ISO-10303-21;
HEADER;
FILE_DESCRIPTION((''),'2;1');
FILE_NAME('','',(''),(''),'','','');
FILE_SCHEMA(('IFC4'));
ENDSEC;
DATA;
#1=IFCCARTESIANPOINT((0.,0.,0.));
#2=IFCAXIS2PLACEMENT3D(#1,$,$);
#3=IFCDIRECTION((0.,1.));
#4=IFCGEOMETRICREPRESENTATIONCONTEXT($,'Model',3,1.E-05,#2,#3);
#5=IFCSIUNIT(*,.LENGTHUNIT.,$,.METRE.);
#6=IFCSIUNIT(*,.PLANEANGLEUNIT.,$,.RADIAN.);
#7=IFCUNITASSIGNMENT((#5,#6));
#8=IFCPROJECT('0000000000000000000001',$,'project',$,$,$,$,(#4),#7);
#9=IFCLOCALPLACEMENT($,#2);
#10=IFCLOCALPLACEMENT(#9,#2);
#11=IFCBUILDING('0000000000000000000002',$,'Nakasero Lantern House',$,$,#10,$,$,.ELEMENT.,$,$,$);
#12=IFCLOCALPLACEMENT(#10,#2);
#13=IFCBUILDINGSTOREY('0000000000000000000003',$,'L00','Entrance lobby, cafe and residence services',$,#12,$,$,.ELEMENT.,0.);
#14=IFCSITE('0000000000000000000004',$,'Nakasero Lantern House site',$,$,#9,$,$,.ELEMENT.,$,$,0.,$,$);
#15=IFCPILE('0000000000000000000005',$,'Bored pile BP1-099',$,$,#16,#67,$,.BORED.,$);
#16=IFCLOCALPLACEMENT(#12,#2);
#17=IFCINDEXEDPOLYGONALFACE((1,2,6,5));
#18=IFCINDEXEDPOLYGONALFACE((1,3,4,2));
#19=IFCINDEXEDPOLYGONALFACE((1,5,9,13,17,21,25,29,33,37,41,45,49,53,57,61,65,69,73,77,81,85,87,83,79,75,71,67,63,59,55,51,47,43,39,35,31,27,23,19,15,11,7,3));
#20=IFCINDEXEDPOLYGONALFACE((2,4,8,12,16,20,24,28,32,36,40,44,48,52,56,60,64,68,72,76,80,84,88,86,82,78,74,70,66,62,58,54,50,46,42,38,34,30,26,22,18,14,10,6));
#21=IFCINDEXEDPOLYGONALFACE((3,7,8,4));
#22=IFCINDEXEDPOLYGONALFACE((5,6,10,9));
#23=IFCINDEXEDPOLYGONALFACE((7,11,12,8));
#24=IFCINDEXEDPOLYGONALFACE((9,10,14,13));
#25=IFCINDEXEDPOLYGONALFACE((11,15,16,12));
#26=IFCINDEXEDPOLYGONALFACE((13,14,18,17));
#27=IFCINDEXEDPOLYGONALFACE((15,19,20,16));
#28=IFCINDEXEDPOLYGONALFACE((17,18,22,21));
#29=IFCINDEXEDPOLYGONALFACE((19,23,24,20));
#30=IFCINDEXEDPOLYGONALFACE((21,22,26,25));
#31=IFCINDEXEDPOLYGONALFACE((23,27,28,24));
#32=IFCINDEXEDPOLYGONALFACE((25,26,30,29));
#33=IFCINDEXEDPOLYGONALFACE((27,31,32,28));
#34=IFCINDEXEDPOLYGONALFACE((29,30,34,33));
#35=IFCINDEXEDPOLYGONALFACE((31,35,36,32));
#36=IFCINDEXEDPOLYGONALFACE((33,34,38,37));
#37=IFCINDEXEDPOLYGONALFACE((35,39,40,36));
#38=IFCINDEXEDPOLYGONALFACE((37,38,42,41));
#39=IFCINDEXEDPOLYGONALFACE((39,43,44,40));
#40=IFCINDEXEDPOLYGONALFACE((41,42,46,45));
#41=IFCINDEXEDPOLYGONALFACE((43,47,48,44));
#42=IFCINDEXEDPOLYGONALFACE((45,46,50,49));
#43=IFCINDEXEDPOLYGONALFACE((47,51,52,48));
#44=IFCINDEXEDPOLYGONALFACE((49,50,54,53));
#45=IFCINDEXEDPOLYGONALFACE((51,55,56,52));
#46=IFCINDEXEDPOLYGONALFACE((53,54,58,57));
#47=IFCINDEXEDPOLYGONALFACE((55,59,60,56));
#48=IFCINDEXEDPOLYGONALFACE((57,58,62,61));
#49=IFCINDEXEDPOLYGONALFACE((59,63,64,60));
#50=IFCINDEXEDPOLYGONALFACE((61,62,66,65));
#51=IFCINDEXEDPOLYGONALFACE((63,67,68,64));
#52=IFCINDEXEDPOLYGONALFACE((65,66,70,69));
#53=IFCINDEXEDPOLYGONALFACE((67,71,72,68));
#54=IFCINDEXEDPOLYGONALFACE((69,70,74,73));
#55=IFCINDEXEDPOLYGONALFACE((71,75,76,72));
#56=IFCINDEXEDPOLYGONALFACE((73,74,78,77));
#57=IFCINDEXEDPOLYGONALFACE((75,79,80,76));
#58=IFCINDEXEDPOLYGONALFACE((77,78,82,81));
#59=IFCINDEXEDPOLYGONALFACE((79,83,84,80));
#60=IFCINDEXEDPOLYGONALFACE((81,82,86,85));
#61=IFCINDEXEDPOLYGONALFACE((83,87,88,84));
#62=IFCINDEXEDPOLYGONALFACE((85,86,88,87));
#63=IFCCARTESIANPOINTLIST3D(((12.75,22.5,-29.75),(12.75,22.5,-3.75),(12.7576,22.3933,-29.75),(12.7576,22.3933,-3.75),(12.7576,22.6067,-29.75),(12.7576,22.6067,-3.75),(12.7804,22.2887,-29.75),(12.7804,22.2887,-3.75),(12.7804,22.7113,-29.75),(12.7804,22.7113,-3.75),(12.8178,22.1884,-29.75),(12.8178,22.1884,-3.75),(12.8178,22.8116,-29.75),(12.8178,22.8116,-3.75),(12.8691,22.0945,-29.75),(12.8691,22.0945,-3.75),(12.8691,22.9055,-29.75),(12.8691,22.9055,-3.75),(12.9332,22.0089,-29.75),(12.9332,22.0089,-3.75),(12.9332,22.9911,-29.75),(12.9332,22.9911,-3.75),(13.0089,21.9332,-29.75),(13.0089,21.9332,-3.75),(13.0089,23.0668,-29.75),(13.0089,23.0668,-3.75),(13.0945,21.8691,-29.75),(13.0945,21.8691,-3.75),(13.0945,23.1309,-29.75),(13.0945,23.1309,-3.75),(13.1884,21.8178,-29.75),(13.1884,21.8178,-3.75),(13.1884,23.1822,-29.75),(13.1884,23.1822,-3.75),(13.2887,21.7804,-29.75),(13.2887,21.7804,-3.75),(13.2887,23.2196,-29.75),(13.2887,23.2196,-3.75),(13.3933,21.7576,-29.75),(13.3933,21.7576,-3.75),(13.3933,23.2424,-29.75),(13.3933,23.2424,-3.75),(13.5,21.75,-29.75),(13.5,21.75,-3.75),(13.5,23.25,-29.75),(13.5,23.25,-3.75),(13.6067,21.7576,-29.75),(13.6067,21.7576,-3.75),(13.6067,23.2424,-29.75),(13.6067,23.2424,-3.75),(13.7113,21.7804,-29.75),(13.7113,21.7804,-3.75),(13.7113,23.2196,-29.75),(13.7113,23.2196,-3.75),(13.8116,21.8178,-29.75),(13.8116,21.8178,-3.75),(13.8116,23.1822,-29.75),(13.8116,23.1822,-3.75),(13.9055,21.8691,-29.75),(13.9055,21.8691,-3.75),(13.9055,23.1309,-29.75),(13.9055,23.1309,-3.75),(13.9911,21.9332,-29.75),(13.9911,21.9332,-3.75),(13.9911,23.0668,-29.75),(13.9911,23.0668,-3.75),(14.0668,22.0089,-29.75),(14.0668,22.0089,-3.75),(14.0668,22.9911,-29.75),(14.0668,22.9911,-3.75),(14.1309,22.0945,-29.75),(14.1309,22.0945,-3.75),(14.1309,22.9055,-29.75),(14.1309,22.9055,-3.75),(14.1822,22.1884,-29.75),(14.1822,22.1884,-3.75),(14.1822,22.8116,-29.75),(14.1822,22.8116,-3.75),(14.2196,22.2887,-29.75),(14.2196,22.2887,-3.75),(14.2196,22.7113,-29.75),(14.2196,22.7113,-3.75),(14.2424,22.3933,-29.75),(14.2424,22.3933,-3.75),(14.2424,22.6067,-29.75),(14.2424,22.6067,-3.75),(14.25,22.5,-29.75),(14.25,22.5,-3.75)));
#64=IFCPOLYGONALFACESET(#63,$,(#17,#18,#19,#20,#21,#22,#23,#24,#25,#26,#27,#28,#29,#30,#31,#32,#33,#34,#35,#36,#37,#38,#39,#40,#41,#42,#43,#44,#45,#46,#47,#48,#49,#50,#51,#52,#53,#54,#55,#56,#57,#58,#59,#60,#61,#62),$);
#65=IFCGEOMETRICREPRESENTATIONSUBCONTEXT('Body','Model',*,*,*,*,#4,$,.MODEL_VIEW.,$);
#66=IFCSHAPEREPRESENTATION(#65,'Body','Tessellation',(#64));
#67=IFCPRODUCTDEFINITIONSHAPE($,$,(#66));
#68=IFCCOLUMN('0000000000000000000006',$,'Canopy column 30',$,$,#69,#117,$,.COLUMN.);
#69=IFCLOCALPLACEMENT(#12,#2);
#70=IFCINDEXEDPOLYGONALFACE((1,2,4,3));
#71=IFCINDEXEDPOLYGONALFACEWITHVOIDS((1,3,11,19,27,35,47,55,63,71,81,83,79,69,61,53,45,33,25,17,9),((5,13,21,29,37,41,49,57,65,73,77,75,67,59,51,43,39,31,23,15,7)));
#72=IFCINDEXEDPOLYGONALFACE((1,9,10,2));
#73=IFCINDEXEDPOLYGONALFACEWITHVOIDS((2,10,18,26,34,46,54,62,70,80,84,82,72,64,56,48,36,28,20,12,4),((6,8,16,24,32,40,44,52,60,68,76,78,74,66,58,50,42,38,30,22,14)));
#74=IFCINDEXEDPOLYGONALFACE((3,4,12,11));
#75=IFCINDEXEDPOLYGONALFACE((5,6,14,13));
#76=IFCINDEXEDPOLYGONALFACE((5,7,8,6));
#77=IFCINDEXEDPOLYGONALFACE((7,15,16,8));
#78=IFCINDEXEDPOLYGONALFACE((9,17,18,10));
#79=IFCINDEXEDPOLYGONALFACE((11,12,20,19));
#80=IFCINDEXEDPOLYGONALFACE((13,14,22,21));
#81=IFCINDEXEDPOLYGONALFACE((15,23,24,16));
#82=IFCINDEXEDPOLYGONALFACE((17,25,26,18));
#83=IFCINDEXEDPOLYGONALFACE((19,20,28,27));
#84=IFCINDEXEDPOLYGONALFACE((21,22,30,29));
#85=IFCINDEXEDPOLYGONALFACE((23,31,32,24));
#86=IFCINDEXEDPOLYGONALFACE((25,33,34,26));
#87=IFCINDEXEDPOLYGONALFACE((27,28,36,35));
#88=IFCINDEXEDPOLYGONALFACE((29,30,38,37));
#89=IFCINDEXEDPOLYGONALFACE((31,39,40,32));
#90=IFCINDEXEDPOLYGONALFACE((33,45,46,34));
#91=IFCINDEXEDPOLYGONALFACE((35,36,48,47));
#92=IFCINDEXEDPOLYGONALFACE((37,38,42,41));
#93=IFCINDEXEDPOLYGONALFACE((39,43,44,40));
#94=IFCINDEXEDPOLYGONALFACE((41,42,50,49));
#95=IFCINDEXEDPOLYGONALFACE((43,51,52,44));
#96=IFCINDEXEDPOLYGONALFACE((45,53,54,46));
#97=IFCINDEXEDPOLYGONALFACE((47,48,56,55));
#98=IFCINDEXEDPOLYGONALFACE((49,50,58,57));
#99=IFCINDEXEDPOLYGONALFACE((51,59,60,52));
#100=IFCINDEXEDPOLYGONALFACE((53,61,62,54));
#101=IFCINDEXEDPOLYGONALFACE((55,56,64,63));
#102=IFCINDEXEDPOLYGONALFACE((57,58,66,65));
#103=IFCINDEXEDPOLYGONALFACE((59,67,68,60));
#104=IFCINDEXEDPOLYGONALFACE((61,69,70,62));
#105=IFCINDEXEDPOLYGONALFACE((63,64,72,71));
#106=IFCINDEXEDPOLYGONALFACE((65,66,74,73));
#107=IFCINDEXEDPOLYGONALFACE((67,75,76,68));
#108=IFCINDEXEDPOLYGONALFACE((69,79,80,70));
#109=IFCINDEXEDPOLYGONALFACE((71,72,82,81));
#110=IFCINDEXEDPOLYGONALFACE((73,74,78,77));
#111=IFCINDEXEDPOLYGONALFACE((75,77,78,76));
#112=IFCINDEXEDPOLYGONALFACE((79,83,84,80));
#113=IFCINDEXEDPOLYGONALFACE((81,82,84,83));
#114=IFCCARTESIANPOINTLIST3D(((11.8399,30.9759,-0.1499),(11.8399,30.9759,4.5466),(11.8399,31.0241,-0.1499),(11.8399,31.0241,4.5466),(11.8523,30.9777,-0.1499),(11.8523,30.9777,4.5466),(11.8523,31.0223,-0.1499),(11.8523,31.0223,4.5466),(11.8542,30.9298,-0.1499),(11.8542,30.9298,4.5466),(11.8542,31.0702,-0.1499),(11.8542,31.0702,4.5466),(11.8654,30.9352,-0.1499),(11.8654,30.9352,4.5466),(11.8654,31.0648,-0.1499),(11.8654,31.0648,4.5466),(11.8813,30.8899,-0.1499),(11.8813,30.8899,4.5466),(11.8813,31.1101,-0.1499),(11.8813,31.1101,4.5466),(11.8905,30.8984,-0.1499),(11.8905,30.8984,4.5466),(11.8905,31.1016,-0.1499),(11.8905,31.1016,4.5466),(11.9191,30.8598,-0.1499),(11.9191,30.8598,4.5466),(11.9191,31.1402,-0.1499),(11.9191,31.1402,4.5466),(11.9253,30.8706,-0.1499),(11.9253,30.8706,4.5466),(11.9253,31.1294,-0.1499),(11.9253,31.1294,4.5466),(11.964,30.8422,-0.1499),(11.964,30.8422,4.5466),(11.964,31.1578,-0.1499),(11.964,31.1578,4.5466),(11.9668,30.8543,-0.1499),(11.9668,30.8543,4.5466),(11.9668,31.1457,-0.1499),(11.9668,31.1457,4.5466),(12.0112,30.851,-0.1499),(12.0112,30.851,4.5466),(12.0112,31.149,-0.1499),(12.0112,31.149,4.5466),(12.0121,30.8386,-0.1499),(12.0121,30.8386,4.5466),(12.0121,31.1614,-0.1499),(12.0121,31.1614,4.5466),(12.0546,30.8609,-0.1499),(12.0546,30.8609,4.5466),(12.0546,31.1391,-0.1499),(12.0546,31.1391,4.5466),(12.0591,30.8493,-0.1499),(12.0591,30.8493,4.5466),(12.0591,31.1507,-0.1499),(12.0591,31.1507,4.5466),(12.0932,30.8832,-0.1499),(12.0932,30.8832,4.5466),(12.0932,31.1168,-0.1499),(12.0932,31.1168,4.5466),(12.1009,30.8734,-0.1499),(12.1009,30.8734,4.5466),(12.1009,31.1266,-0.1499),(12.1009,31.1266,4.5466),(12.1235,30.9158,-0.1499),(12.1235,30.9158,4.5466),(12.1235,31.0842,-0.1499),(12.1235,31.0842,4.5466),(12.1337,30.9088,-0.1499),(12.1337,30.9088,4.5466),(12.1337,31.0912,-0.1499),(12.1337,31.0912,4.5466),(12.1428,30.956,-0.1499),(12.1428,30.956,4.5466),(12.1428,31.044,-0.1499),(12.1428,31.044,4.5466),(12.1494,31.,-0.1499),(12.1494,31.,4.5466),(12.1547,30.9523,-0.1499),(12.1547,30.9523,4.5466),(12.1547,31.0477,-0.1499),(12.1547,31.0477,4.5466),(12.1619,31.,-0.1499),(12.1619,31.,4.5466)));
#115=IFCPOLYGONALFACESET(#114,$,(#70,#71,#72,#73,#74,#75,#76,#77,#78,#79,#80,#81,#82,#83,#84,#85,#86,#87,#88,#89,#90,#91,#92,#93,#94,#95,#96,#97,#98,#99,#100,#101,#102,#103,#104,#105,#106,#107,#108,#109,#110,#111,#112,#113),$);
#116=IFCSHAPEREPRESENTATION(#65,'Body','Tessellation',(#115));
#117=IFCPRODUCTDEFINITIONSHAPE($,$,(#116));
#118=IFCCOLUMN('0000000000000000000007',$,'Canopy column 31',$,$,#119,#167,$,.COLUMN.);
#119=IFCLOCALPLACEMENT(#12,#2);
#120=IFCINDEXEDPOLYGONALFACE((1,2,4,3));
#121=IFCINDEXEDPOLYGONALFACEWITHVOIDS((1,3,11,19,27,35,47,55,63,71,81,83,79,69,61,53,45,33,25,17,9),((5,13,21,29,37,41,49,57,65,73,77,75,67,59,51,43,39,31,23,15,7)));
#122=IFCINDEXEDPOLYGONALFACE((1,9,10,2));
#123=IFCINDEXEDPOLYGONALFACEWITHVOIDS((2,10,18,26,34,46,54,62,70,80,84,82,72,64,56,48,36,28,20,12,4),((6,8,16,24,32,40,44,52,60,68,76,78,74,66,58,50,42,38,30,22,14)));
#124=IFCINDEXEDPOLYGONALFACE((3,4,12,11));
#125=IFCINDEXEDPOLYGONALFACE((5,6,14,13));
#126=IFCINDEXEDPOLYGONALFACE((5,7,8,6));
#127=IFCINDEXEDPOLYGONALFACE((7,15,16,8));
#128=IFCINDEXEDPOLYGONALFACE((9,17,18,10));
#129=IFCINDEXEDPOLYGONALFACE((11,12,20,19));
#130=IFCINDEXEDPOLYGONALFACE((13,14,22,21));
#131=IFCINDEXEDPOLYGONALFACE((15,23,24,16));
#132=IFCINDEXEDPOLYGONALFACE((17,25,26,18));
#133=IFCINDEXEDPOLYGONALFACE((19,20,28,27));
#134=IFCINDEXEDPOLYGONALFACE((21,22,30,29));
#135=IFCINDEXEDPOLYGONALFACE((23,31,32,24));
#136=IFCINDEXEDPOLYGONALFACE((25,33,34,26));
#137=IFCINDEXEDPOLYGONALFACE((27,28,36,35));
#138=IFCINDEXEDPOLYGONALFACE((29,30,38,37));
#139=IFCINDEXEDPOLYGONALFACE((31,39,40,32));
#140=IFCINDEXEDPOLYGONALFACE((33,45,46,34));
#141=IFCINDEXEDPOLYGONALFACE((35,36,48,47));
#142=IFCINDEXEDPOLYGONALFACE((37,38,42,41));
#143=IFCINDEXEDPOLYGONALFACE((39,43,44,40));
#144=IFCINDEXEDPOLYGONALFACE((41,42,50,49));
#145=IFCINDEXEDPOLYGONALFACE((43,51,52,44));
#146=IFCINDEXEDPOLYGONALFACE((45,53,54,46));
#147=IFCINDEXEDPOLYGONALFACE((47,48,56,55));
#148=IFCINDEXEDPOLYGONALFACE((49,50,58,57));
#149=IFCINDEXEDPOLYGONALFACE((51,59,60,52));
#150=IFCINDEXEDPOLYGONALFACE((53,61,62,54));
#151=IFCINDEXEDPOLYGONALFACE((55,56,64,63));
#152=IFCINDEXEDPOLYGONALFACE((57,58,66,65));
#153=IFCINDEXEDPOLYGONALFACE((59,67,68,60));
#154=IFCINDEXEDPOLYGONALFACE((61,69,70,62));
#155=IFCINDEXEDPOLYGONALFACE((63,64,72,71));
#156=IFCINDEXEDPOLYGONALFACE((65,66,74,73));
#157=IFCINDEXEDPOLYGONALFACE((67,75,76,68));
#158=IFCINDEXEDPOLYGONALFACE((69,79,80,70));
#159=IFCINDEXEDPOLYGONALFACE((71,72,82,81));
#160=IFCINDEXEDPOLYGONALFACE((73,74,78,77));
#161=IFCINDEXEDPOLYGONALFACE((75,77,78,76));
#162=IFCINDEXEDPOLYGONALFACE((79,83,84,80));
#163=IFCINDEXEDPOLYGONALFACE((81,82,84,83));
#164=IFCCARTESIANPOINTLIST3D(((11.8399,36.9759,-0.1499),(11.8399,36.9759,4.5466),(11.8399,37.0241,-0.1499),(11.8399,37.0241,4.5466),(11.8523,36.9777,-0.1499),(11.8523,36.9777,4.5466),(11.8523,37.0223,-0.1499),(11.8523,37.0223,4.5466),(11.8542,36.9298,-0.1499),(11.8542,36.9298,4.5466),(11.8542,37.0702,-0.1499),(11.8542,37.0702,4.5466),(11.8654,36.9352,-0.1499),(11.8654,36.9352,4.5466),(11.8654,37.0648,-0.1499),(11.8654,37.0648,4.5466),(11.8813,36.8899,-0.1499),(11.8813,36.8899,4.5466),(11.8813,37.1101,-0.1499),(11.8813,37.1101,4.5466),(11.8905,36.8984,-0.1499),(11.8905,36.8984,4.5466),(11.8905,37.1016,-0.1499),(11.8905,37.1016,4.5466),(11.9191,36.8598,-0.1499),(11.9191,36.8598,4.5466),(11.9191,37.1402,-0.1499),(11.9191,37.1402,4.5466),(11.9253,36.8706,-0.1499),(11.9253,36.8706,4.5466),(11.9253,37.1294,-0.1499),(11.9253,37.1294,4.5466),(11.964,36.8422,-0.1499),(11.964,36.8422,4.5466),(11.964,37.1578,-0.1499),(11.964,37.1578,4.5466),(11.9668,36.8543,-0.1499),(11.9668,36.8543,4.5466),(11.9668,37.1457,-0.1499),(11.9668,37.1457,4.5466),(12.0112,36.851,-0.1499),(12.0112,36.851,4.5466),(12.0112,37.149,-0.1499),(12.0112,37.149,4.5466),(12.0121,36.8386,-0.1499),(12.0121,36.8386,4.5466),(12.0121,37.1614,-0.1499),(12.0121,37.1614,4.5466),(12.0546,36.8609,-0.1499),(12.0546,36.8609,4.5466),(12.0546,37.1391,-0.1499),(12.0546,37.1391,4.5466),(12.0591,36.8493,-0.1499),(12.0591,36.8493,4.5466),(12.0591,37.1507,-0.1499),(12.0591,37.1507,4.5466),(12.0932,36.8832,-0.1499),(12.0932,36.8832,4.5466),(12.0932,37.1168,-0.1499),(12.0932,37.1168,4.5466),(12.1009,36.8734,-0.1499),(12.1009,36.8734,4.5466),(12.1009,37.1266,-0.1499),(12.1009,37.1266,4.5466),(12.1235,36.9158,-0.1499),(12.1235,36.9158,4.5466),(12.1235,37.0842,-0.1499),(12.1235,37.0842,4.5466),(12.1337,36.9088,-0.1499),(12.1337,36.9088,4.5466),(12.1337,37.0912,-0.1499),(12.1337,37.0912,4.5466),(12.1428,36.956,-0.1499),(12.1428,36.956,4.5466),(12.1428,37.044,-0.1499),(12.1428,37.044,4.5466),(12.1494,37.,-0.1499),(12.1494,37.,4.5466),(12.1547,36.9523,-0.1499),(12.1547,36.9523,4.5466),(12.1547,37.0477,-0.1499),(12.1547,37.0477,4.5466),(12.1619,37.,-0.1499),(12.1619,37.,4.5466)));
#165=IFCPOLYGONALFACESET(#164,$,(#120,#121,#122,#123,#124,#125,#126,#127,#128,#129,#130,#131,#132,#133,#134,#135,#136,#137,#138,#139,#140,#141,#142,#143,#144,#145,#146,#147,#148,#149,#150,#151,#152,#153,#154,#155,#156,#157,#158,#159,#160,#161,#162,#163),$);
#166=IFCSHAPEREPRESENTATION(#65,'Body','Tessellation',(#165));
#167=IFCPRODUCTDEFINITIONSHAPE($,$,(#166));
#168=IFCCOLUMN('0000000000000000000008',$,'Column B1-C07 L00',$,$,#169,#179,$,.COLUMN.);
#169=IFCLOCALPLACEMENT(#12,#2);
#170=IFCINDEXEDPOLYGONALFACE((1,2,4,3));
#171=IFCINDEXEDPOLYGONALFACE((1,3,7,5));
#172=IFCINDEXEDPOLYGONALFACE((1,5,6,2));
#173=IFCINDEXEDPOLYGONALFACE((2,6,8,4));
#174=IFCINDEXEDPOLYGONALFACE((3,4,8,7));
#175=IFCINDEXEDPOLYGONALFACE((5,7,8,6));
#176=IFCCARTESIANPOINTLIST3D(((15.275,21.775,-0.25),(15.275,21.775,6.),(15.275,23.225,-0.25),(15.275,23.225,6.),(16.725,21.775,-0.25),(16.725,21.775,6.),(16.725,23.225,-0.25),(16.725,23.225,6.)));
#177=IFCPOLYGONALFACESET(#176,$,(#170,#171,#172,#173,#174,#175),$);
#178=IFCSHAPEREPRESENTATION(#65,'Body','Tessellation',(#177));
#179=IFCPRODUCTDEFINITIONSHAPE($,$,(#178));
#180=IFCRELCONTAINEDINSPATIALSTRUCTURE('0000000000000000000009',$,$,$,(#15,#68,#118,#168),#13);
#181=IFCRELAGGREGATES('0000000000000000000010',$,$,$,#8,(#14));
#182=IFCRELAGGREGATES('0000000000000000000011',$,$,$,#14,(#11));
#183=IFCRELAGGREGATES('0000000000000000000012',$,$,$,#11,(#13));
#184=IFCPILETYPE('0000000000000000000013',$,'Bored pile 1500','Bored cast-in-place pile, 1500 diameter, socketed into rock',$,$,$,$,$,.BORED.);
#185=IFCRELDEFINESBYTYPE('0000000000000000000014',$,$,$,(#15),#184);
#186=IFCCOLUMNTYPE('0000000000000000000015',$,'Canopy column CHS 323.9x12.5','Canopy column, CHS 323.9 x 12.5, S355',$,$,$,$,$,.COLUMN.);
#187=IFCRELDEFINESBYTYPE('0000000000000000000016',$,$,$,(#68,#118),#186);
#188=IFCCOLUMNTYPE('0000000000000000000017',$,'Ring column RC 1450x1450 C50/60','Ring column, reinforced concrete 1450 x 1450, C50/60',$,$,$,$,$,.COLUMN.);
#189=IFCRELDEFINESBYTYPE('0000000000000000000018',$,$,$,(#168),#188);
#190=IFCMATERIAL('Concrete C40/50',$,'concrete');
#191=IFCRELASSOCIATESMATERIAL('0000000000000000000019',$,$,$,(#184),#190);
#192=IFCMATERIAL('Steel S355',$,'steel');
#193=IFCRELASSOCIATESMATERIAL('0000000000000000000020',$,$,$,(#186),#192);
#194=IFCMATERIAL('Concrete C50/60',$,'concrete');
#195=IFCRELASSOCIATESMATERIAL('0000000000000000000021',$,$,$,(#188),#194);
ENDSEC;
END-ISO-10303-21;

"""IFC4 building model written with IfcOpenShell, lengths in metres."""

from ifc_helpers import new_model, si_unit, direction, frame, origin, origin_2d, place, context, subcontext, project, spatial, rectangle, circle, hollow_circle, extrude, material, material_profile, profile_set, type_object, element, save


model = new_model("IFC4")

# Units and contexts
model_context = context("Model", 3, precision=1e-05, world=origin(), true_north=direction((0.0, 1.0)))
body_context = subcontext(model_context, "Body", "Model", "MODEL_VIEW")
ifc_project = project(units=[si_unit("LENGTHUNIT", "METRE"), si_unit("PLANEANGLEUNIT", "RADIAN")], contexts=[model_context])

# Site, building, storey
site_placement = place(None, origin())
site = spatial("IfcSite", under=ifc_project, at=site_placement, Name="Nakasero Lantern House site", CompositionType="ELEMENT", RefElevation=0.0)
building_placement = place(site_placement, origin())
building = spatial("IfcBuilding", under=site, at=building_placement, Name="Nakasero Lantern House", CompositionType="ELEMENT")
storey_placement = place(building_placement, origin())
storey = spatial("IfcBuildingStorey", under=building, at=storey_placement, Name="L00", Description="Entrance lobby, cafe and residence services", CompositionType="ELEMENT", Elevation=0.0)

# Pile
ifc_material_1 = material(Name="Concrete C40/50", Category="concrete")
pile_type = type_object("IfcPileType", Name="Bored pile 1500", Description="Bored cast-in-place pile, 1500 diameter, socketed into rock", PredefinedType="BORED", material=ifc_material_1)
pile_placement = place(storey_placement, frame((13.5, 22.5, -3.75), z_axis=(0.0, 0.0, -1.0), x_axis=(1.0, 0.0, 0.0)))
element("IfcPile", 1, at=pile_placement, inside=storey, type_object=pile_type, Name="Bored pile BP1-099", PredefinedType="BORED", context=body_context, shape_type="SweptSolid", body=[
    extrude(circle(Radius=0.75, at=origin_2d()), origin(), (0.0, 0.0, 1.0), 26.0),
])

# Columns
ifc_material_2 = material(Name="Steel S355", Category="steel")
ifc_material_profile_1 = material_profile(ifc_material_2, hollow_circle(Radius=0.1619, WallThickness=0.0125, at=origin_2d()), Name="CHS 323.9x12.5")
ifc_profile_set_1 = profile_set([ifc_material_profile_1], Name="Steel S355")
column_type_1 = type_object("IfcColumnType", Name="Canopy column CHS 323.9x12.5", Description="Canopy column, CHS 323.9 x 12.5, S355", PredefinedType="COLUMN", material=ifc_profile_set_1)
for number, where, z_axis, x_axis, name in (
    (2, (12.0, 31.0, -0.1499), (0.0, 0.0, 1.0), (1.0, 0.0, 0.0), "Canopy column 30"),
    (3, (12.0, 37.0, -0.1499), (0.0, 0.0, 1.0), (1.0, 0.0, 0.0), "Canopy column 31"),
):
    element("IfcColumn", number, at=place(storey_placement, frame(where, z_axis=z_axis, x_axis=x_axis)), inside=storey, type_object=column_type_1, Name=name, PredefinedType="COLUMN", context=body_context, shape_type="SweptSolid", body=[
        extrude(hollow_circle(Radius=0.1619, WallThickness=0.0125, at=origin_2d()), origin(), (0.0, 0.0, 1.0), 4.6965),
    ])
ifc_material_3 = material(Name="Concrete C50/60", Category="concrete")
ifc_material_profile_2 = material_profile(ifc_material_3, rectangle(XDim=1.45, YDim=1.45, at=origin_2d()), Name="RC 1450x1450")
ifc_profile_set_2 = profile_set([ifc_material_profile_2], Name="Concrete C50/60")
column_type_2 = type_object("IfcColumnType", Name="Ring column RC 1450x1450 C50/60", Description="Ring column, reinforced concrete 1450 x 1450, C50/60", PredefinedType="COLUMN", material=ifc_profile_set_2)
column_placement = place(storey_placement, frame((16.0, 22.5, -0.25), z_axis=(0.0, 0.0, 1.0), x_axis=(1.0, 0.0, 0.0)))
element("IfcColumn", 4, at=column_placement, inside=storey, type_object=column_type_2, Name="Column B1-C07 L00", PredefinedType="COLUMN", context=body_context, shape_type="SweptSolid", body=[
    extrude(rectangle(XDim=1.45, YDim=1.45, at=origin_2d()), origin(), (0.0, 0.0, 1.0), 6.25),
])

save(model, "model.ifc")
